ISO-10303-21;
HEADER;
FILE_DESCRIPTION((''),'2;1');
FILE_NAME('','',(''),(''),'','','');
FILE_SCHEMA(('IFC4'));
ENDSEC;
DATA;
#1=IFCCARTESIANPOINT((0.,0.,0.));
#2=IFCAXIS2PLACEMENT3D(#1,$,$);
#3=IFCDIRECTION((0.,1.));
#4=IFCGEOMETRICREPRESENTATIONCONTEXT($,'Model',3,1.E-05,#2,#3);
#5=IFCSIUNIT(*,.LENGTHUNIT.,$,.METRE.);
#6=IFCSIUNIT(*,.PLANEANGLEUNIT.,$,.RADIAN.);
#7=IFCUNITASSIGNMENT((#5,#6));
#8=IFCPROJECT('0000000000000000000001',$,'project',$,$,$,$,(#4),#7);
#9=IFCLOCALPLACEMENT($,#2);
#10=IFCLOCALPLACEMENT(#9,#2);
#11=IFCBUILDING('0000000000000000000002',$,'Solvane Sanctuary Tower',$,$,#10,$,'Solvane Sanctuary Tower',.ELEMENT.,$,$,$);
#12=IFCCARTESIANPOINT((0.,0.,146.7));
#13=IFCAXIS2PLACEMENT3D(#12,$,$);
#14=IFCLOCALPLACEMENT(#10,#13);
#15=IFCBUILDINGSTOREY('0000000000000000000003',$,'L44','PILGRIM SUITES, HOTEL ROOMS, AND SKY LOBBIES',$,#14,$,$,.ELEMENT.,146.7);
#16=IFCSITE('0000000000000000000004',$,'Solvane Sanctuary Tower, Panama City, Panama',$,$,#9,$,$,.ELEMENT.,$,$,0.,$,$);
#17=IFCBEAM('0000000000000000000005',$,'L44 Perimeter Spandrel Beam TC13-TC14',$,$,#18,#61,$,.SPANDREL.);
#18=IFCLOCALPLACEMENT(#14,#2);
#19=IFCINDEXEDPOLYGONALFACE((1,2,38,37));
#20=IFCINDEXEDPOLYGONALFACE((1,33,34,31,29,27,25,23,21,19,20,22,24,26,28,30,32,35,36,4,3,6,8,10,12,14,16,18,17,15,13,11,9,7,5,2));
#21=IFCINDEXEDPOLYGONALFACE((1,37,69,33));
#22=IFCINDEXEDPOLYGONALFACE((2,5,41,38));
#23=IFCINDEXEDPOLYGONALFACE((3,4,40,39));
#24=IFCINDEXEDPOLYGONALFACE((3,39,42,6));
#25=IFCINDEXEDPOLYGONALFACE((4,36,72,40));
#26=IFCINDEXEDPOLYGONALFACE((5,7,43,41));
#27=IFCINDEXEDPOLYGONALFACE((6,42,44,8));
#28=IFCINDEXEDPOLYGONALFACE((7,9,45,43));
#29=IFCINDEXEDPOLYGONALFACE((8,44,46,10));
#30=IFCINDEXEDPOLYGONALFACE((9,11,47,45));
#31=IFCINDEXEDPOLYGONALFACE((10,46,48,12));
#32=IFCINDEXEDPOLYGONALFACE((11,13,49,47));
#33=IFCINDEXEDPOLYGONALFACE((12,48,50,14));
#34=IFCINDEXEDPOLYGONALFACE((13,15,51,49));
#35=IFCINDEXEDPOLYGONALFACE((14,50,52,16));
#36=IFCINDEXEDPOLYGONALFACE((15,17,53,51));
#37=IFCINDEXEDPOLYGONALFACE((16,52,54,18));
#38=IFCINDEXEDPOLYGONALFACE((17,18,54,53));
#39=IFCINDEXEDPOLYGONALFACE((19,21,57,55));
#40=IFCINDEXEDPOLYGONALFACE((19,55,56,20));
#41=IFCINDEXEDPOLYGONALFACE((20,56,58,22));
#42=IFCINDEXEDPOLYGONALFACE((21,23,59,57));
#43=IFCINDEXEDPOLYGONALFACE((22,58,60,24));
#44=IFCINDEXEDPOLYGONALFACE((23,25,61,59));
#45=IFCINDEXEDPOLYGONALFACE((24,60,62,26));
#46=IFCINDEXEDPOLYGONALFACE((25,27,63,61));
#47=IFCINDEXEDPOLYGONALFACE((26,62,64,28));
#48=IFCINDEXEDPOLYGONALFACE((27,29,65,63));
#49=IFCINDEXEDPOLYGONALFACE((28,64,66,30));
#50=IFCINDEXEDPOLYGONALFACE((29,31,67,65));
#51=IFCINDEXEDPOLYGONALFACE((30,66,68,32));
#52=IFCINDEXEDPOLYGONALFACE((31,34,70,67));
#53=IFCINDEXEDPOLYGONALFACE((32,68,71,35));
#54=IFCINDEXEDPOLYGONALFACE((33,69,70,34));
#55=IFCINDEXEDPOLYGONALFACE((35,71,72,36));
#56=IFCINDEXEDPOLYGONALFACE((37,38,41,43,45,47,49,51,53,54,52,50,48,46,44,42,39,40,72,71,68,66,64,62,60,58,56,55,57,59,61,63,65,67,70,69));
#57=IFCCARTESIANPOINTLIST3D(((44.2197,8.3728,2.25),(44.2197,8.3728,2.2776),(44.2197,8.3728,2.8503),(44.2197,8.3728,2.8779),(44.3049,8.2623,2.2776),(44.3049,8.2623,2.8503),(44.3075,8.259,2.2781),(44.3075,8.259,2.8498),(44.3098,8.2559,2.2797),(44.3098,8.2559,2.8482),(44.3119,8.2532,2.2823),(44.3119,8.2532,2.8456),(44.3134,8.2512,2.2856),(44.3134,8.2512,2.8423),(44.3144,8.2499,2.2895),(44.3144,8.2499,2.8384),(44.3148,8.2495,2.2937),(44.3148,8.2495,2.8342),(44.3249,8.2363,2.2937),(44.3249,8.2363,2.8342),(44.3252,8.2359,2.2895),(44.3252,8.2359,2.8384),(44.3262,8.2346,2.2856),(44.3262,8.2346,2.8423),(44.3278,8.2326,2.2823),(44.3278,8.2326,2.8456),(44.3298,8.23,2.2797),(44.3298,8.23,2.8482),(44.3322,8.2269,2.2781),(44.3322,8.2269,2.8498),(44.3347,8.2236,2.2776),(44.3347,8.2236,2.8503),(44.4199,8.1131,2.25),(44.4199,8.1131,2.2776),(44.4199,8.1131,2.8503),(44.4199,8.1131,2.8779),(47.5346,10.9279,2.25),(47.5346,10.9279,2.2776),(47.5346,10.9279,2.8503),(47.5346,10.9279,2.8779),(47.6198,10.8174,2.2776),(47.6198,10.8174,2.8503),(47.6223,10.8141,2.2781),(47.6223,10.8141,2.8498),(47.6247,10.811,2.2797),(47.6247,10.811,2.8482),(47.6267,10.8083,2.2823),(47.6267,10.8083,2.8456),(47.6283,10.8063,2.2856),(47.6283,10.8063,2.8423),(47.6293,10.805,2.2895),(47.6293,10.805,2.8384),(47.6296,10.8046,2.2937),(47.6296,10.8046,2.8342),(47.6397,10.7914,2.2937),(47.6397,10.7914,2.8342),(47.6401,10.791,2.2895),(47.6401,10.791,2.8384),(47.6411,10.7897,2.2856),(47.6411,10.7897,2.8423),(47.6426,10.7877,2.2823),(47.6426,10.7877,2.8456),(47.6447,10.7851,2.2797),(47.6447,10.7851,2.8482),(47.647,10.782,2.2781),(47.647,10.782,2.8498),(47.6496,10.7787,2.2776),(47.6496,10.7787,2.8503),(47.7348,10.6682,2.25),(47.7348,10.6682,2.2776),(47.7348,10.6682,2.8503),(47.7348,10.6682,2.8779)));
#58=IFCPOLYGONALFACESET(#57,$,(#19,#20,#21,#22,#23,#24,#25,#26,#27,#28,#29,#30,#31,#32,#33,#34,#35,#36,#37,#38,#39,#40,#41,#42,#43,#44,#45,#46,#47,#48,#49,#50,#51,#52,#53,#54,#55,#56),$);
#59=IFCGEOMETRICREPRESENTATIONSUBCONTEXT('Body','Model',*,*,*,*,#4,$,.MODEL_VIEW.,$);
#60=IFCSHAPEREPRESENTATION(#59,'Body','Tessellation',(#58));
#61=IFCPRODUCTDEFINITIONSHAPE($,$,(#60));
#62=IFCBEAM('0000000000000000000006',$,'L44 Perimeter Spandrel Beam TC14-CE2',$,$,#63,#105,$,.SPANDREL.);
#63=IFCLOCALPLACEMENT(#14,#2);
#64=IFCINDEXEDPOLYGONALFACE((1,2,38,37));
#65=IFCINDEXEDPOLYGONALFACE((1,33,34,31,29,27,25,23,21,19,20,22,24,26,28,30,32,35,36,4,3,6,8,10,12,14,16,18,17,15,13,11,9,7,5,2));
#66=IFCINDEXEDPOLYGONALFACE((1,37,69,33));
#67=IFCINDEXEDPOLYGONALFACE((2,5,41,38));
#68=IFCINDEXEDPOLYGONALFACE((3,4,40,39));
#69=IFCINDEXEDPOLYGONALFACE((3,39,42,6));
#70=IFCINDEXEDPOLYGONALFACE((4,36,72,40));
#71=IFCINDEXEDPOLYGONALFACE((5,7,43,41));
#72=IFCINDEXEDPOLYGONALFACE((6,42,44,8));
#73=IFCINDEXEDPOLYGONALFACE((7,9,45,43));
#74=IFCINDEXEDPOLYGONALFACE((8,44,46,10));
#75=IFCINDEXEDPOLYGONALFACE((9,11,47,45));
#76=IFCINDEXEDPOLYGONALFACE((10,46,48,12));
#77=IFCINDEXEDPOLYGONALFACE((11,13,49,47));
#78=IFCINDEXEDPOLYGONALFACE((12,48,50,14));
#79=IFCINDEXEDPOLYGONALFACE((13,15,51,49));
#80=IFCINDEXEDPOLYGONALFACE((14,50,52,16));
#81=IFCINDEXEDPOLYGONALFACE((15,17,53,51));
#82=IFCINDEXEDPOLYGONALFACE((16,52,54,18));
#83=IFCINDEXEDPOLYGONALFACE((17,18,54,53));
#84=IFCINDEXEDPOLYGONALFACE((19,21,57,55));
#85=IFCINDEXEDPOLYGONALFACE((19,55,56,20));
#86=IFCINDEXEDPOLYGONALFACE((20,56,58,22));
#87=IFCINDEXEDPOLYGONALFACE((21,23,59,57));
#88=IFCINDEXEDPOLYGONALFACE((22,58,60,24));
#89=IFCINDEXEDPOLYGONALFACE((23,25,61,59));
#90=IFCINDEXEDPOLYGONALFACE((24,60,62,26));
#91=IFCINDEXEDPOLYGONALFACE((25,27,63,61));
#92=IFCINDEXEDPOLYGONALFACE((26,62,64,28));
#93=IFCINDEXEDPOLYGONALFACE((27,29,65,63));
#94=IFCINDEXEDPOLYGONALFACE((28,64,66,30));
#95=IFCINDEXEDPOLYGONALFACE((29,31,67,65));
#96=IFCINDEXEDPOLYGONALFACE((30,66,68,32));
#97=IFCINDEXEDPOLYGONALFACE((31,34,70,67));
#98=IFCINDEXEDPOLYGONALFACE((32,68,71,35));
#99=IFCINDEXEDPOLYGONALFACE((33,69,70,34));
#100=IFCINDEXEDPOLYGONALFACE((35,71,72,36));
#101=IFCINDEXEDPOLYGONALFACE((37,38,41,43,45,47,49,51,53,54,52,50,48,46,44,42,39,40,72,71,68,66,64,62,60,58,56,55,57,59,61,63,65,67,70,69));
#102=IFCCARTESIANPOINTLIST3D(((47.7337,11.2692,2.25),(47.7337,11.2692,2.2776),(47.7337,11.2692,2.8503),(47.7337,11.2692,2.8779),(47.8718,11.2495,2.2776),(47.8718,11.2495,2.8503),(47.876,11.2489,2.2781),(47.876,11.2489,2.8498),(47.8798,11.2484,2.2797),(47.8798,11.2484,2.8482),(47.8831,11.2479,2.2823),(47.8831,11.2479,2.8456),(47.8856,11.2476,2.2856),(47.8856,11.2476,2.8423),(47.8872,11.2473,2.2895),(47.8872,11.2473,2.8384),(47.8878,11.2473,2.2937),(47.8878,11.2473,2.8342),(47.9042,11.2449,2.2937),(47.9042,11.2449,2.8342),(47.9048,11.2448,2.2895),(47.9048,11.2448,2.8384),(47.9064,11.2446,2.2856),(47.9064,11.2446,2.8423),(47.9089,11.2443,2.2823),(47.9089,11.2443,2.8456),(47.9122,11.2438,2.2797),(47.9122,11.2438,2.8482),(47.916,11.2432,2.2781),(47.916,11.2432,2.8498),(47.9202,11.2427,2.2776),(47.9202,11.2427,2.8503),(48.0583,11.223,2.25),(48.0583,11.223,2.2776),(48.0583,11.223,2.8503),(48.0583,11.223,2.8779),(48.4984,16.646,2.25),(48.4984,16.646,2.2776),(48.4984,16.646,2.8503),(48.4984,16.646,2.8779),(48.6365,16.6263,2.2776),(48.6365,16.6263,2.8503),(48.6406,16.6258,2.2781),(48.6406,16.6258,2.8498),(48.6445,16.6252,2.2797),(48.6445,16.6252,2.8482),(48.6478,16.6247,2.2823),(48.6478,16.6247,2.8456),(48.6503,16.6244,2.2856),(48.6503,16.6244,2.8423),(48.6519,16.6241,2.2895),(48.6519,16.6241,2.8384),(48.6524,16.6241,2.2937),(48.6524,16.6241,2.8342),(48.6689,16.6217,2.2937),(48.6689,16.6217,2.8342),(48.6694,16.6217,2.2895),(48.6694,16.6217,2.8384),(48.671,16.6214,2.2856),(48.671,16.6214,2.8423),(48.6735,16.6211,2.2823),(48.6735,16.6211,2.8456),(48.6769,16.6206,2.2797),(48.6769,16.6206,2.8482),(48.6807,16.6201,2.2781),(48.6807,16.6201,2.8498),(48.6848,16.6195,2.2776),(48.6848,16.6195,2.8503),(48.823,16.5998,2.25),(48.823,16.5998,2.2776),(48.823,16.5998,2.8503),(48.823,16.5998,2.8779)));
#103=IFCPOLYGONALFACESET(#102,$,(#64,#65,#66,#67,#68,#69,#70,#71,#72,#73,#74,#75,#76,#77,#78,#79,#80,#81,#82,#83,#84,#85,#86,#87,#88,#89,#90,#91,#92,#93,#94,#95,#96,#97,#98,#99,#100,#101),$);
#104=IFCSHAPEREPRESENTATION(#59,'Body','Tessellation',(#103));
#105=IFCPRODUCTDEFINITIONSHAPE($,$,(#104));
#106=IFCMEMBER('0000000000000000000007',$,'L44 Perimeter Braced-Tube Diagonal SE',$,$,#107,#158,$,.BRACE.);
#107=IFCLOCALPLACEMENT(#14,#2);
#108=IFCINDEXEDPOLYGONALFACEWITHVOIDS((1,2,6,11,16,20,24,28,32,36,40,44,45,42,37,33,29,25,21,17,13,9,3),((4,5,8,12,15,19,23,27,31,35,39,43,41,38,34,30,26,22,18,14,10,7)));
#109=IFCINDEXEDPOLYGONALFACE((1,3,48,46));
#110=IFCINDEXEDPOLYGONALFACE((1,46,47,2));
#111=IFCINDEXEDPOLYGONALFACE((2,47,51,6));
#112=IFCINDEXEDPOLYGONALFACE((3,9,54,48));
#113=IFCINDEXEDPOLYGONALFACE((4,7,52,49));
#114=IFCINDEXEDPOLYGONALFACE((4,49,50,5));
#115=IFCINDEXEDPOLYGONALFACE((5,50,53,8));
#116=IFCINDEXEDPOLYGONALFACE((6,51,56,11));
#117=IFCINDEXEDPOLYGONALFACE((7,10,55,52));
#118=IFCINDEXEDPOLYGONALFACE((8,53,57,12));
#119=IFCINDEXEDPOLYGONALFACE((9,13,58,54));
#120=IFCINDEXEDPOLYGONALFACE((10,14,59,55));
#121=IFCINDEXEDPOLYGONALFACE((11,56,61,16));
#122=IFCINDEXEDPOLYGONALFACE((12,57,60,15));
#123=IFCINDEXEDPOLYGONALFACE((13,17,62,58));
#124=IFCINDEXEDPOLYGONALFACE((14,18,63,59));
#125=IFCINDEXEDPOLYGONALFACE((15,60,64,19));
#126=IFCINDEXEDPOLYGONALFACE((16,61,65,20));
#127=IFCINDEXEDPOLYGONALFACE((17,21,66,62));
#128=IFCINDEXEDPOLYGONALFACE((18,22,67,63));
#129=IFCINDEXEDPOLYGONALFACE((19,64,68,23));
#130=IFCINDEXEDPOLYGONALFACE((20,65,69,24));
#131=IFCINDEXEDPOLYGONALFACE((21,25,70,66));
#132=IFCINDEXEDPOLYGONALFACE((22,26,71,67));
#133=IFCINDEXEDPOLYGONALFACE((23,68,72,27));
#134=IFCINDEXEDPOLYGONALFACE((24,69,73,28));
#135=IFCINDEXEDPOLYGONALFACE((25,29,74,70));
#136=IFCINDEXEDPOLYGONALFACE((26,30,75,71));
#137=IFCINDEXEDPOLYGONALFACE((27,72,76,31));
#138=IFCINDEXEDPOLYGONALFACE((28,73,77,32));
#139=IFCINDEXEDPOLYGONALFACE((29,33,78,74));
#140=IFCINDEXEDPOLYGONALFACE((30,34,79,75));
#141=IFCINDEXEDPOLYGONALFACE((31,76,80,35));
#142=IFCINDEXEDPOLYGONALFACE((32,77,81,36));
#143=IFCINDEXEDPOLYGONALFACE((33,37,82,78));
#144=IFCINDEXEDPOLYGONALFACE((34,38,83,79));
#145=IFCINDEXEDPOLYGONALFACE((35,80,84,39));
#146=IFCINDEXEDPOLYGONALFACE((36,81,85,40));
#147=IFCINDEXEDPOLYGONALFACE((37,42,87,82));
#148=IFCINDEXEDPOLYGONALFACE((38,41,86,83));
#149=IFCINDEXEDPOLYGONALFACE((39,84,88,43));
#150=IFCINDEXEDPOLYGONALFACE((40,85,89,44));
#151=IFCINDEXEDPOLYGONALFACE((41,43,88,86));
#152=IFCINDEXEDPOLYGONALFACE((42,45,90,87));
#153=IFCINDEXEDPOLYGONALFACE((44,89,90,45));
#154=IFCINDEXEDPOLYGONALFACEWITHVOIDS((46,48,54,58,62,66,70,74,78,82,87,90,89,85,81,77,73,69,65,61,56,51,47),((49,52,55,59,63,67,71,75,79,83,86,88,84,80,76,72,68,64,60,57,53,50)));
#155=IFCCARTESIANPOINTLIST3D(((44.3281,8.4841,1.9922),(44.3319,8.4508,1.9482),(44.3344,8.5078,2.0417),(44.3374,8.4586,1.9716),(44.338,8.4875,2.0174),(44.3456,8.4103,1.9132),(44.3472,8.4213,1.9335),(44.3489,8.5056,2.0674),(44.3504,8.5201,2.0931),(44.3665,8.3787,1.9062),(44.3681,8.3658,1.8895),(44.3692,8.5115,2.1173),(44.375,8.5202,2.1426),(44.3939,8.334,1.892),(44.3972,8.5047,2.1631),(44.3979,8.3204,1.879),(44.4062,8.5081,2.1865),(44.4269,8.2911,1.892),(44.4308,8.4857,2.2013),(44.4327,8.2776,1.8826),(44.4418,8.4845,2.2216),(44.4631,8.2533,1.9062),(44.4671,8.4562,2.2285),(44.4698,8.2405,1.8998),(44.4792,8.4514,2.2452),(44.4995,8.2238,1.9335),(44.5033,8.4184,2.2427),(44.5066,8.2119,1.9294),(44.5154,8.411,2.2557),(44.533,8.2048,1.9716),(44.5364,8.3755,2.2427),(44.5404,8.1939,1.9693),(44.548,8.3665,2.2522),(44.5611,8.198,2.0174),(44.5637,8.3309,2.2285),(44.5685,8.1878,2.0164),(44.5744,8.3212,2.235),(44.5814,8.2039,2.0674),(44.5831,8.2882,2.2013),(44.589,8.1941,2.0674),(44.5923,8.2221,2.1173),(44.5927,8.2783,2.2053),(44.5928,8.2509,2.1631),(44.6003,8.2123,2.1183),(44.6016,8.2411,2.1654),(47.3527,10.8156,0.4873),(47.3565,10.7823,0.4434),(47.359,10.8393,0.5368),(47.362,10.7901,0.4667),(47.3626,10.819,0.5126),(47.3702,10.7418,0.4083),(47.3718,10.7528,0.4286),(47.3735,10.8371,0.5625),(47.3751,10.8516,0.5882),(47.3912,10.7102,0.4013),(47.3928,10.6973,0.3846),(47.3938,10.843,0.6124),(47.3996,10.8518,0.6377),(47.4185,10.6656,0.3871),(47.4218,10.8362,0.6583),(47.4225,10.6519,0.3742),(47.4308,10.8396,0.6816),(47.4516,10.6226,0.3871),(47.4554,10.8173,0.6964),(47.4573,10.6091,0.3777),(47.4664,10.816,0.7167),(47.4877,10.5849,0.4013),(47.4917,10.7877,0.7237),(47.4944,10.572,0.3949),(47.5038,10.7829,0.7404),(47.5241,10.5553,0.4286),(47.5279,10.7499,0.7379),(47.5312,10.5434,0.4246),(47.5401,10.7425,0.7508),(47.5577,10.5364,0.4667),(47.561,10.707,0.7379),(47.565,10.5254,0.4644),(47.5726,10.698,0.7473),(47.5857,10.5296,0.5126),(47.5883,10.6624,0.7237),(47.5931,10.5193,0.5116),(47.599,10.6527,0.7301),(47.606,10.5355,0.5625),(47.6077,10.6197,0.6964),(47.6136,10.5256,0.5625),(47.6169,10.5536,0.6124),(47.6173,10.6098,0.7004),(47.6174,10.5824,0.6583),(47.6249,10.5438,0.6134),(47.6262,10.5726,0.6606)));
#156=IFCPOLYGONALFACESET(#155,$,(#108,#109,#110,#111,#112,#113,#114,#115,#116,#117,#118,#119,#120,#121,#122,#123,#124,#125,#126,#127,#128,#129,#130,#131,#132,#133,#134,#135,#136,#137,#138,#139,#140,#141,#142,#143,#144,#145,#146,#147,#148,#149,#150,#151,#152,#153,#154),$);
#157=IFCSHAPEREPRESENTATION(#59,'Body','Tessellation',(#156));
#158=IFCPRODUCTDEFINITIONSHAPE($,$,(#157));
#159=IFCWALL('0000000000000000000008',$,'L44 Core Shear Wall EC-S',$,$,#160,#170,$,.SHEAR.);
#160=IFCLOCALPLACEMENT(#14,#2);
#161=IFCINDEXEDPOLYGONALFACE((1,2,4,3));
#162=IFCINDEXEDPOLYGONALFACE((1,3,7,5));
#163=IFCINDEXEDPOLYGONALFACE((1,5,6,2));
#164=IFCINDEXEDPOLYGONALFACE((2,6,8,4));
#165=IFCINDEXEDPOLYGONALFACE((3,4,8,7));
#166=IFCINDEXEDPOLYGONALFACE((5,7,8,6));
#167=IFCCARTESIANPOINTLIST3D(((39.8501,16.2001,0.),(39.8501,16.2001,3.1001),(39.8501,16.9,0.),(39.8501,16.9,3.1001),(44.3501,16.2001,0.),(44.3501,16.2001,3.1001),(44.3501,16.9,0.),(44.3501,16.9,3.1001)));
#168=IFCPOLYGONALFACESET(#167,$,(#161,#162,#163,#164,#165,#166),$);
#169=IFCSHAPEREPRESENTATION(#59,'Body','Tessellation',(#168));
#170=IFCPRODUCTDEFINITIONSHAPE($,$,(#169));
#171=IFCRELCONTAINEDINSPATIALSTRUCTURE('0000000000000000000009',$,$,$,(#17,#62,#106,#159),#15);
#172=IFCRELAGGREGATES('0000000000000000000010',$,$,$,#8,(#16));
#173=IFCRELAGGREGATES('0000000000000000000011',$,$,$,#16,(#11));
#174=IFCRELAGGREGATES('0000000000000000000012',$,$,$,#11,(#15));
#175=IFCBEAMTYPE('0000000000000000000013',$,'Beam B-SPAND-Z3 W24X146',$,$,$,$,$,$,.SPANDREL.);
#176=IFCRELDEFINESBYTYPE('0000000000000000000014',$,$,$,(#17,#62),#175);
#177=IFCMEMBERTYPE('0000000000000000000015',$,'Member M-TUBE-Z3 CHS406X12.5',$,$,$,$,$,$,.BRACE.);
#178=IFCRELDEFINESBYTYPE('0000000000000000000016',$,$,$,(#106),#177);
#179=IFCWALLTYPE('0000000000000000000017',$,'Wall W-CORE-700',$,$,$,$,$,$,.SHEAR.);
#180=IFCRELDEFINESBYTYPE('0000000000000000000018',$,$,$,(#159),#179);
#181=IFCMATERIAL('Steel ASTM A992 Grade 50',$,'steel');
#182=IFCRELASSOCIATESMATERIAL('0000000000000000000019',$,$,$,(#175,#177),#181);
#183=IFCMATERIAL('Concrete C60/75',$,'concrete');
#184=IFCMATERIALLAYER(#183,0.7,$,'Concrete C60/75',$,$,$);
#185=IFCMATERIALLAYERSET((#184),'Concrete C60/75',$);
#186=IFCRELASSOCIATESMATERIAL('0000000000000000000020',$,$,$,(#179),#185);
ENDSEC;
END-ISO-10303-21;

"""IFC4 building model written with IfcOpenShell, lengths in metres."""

from ifc_helpers import new_model, si_unit, direction, frame, frame_2d, origin, origin_2d, place, context, subcontext, project, spatial, rectangle, hollow_circle, i_section, extrude, material, layer, layer_set, material_profile, profile_set, type_object, element, save


model = new_model("IFC4")

# Units and contexts
model_context = context("Model", 3, precision=1e-05, world=origin(), true_north=direction((0.0, 1.0)))
body_context = subcontext(model_context, "Body", "Model", "MODEL_VIEW")
ifc_project = project(units=[si_unit("LENGTHUNIT", "METRE"), si_unit("PLANEANGLEUNIT", "RADIAN")], contexts=[model_context])

# Site, building, storey
site_placement = place(None, origin())
site = spatial("IfcSite", under=ifc_project, at=site_placement, Name="Solvane Sanctuary Tower, Panama City, Panama", CompositionType="ELEMENT", RefElevation=0.0)
building_placement = place(site_placement, origin())
building = spatial("IfcBuilding", under=site, at=building_placement, Name="Solvane Sanctuary Tower", LongName="Solvane Sanctuary Tower", CompositionType="ELEMENT")
storey_placement = place(building_placement, frame((0.0, 0.0, 146.7)))
storey = spatial("IfcBuildingStorey", under=building, at=storey_placement, Name="L44", Description="PILGRIM SUITES, HOTEL ROOMS, AND SKY LOBBIES", CompositionType="ELEMENT", Elevation=146.7)

# Shared definitions
ifc_material_1 = material(Name="Concrete C60/75", Category="concrete")

# Beams
ifc_material_2 = material(Name="Steel ASTM A992 Grade 50", Category="steel")
ifc_material_profile_1 = material_profile(ifc_material_2, i_section(OverallWidth=0.3279, OverallDepth=0.6279, WebThickness=0.0166, FlangeThickness=0.0276, FilletRadius=0.0161, at=origin_2d()), Name="W24X146")
ifc_profile_set_1 = profile_set([ifc_material_profile_1], Name="Steel ASTM A992 Grade 50")
beam_type_1 = type_object("IfcBeamType", Name="Beam B-SPAND-Z3 W24X146", PredefinedType="SPANDREL", material=ifc_profile_set_1)
beam_1_placement = place(storey_placement, frame((44.3198, 8.2429, 2.564), z_axis=(0.792021, 0.610494, 0.0), x_axis=(-0.610494, 0.792021, 0.0)))
element("IfcBeam", 1, at=beam_1_placement, inside=storey, type_object=beam_type_1, Name="L44 Perimeter Spandrel Beam TC13-TC14", PredefinedType="SPANDREL", context=body_context, shape_type="SweptSolid", body=[
    extrude(i_section(OverallWidth=0.3279, OverallDepth=0.6279, WebThickness=0.0166, FlangeThickness=0.0276, FilletRadius=0.0161, at=origin_2d()), origin(), (0.0, 0.0, 1.0), 4.1853),
])
beam_2_placement = place(storey_placement, frame((47.896, 11.2461, 2.564), z_axis=(0.140798, 0.990038, 0.0), x_axis=(-0.990038, 0.140798, 0.0)))
element("IfcBeam", 2, at=beam_2_placement, inside=storey, type_object=beam_type_1, Name="L44 Perimeter Spandrel Beam TC14-CE2", PredefinedType="SPANDREL", context=body_context, shape_type="SweptSolid", body=[
    extrude(i_section(OverallWidth=0.3279, OverallDepth=0.6279, WebThickness=0.0166, FlangeThickness=0.0276, FilletRadius=0.0161, at=origin_2d()), origin(), (0.0, 0.0, 1.0), 5.4309),
])

# Member
ifc_material_profile_2 = material_profile(ifc_material_2, hollow_circle(Radius=0.2029, WallThickness=0.0125, at=origin_2d()), Name="CHS406X12.5")
ifc_profile_set_2 = profile_set([ifc_material_profile_2], Name="Steel ASTM A992 Grade 50")
member_type = type_object("IfcMemberType", Name="Member M-TUBE-Z3 CHS406X12.5", PredefinedType="BRACE", material=ifc_profile_set_2)
member_placement = place(storey_placement, frame((47.4897, 10.6863, 0.5625), z_axis=(-0.73686, -0.568005, 0.366616), x_axis=(0.610514, -0.792006, 0.0)))
element("IfcMember", 3, at=member_placement, inside=storey, type_object=member_type, Name="L44 Perimeter Braced-Tube Diagonal SE", PredefinedType="BRACE", context=body_context, shape_type="SweptSolid", body=[
    extrude(hollow_circle(Radius=0.2029, WallThickness=0.0125, at=origin_2d()), origin(), (0.0, 0.0, 1.0), 4.1047),
])

# Wall
ifc_layer_1 = layer(ifc_material_1, 0.7, Name="Concrete C60/75")
ifc_layer_set_1 = layer_set([ifc_layer_1], Name="Concrete C60/75")
wall_type_1 = type_object("IfcWallType", Name="Wall W-CORE-700", PredefinedType="SHEAR", material=ifc_layer_set_1)
wall_1_placement = place(storey_placement, frame((39.8501, 16.55, 0.0), z_axis=(0.0, 0.0, 1.0), x_axis=(1.0, 0.0, 0.0)))
element("IfcWall", 4, at=wall_1_placement, inside=storey, type_object=wall_type_1, Name="L44 Core Shear Wall EC-S", PredefinedType="SHEAR", context=body_context, shape_type="SweptSolid", body=[
    extrude(rectangle(XDim=4.5, YDim=0.7, at=frame_2d((2.25, 0.0))), origin(), (0.0, 0.0, 1.0), 3.1001),
])

save(model, "model.ifc")
